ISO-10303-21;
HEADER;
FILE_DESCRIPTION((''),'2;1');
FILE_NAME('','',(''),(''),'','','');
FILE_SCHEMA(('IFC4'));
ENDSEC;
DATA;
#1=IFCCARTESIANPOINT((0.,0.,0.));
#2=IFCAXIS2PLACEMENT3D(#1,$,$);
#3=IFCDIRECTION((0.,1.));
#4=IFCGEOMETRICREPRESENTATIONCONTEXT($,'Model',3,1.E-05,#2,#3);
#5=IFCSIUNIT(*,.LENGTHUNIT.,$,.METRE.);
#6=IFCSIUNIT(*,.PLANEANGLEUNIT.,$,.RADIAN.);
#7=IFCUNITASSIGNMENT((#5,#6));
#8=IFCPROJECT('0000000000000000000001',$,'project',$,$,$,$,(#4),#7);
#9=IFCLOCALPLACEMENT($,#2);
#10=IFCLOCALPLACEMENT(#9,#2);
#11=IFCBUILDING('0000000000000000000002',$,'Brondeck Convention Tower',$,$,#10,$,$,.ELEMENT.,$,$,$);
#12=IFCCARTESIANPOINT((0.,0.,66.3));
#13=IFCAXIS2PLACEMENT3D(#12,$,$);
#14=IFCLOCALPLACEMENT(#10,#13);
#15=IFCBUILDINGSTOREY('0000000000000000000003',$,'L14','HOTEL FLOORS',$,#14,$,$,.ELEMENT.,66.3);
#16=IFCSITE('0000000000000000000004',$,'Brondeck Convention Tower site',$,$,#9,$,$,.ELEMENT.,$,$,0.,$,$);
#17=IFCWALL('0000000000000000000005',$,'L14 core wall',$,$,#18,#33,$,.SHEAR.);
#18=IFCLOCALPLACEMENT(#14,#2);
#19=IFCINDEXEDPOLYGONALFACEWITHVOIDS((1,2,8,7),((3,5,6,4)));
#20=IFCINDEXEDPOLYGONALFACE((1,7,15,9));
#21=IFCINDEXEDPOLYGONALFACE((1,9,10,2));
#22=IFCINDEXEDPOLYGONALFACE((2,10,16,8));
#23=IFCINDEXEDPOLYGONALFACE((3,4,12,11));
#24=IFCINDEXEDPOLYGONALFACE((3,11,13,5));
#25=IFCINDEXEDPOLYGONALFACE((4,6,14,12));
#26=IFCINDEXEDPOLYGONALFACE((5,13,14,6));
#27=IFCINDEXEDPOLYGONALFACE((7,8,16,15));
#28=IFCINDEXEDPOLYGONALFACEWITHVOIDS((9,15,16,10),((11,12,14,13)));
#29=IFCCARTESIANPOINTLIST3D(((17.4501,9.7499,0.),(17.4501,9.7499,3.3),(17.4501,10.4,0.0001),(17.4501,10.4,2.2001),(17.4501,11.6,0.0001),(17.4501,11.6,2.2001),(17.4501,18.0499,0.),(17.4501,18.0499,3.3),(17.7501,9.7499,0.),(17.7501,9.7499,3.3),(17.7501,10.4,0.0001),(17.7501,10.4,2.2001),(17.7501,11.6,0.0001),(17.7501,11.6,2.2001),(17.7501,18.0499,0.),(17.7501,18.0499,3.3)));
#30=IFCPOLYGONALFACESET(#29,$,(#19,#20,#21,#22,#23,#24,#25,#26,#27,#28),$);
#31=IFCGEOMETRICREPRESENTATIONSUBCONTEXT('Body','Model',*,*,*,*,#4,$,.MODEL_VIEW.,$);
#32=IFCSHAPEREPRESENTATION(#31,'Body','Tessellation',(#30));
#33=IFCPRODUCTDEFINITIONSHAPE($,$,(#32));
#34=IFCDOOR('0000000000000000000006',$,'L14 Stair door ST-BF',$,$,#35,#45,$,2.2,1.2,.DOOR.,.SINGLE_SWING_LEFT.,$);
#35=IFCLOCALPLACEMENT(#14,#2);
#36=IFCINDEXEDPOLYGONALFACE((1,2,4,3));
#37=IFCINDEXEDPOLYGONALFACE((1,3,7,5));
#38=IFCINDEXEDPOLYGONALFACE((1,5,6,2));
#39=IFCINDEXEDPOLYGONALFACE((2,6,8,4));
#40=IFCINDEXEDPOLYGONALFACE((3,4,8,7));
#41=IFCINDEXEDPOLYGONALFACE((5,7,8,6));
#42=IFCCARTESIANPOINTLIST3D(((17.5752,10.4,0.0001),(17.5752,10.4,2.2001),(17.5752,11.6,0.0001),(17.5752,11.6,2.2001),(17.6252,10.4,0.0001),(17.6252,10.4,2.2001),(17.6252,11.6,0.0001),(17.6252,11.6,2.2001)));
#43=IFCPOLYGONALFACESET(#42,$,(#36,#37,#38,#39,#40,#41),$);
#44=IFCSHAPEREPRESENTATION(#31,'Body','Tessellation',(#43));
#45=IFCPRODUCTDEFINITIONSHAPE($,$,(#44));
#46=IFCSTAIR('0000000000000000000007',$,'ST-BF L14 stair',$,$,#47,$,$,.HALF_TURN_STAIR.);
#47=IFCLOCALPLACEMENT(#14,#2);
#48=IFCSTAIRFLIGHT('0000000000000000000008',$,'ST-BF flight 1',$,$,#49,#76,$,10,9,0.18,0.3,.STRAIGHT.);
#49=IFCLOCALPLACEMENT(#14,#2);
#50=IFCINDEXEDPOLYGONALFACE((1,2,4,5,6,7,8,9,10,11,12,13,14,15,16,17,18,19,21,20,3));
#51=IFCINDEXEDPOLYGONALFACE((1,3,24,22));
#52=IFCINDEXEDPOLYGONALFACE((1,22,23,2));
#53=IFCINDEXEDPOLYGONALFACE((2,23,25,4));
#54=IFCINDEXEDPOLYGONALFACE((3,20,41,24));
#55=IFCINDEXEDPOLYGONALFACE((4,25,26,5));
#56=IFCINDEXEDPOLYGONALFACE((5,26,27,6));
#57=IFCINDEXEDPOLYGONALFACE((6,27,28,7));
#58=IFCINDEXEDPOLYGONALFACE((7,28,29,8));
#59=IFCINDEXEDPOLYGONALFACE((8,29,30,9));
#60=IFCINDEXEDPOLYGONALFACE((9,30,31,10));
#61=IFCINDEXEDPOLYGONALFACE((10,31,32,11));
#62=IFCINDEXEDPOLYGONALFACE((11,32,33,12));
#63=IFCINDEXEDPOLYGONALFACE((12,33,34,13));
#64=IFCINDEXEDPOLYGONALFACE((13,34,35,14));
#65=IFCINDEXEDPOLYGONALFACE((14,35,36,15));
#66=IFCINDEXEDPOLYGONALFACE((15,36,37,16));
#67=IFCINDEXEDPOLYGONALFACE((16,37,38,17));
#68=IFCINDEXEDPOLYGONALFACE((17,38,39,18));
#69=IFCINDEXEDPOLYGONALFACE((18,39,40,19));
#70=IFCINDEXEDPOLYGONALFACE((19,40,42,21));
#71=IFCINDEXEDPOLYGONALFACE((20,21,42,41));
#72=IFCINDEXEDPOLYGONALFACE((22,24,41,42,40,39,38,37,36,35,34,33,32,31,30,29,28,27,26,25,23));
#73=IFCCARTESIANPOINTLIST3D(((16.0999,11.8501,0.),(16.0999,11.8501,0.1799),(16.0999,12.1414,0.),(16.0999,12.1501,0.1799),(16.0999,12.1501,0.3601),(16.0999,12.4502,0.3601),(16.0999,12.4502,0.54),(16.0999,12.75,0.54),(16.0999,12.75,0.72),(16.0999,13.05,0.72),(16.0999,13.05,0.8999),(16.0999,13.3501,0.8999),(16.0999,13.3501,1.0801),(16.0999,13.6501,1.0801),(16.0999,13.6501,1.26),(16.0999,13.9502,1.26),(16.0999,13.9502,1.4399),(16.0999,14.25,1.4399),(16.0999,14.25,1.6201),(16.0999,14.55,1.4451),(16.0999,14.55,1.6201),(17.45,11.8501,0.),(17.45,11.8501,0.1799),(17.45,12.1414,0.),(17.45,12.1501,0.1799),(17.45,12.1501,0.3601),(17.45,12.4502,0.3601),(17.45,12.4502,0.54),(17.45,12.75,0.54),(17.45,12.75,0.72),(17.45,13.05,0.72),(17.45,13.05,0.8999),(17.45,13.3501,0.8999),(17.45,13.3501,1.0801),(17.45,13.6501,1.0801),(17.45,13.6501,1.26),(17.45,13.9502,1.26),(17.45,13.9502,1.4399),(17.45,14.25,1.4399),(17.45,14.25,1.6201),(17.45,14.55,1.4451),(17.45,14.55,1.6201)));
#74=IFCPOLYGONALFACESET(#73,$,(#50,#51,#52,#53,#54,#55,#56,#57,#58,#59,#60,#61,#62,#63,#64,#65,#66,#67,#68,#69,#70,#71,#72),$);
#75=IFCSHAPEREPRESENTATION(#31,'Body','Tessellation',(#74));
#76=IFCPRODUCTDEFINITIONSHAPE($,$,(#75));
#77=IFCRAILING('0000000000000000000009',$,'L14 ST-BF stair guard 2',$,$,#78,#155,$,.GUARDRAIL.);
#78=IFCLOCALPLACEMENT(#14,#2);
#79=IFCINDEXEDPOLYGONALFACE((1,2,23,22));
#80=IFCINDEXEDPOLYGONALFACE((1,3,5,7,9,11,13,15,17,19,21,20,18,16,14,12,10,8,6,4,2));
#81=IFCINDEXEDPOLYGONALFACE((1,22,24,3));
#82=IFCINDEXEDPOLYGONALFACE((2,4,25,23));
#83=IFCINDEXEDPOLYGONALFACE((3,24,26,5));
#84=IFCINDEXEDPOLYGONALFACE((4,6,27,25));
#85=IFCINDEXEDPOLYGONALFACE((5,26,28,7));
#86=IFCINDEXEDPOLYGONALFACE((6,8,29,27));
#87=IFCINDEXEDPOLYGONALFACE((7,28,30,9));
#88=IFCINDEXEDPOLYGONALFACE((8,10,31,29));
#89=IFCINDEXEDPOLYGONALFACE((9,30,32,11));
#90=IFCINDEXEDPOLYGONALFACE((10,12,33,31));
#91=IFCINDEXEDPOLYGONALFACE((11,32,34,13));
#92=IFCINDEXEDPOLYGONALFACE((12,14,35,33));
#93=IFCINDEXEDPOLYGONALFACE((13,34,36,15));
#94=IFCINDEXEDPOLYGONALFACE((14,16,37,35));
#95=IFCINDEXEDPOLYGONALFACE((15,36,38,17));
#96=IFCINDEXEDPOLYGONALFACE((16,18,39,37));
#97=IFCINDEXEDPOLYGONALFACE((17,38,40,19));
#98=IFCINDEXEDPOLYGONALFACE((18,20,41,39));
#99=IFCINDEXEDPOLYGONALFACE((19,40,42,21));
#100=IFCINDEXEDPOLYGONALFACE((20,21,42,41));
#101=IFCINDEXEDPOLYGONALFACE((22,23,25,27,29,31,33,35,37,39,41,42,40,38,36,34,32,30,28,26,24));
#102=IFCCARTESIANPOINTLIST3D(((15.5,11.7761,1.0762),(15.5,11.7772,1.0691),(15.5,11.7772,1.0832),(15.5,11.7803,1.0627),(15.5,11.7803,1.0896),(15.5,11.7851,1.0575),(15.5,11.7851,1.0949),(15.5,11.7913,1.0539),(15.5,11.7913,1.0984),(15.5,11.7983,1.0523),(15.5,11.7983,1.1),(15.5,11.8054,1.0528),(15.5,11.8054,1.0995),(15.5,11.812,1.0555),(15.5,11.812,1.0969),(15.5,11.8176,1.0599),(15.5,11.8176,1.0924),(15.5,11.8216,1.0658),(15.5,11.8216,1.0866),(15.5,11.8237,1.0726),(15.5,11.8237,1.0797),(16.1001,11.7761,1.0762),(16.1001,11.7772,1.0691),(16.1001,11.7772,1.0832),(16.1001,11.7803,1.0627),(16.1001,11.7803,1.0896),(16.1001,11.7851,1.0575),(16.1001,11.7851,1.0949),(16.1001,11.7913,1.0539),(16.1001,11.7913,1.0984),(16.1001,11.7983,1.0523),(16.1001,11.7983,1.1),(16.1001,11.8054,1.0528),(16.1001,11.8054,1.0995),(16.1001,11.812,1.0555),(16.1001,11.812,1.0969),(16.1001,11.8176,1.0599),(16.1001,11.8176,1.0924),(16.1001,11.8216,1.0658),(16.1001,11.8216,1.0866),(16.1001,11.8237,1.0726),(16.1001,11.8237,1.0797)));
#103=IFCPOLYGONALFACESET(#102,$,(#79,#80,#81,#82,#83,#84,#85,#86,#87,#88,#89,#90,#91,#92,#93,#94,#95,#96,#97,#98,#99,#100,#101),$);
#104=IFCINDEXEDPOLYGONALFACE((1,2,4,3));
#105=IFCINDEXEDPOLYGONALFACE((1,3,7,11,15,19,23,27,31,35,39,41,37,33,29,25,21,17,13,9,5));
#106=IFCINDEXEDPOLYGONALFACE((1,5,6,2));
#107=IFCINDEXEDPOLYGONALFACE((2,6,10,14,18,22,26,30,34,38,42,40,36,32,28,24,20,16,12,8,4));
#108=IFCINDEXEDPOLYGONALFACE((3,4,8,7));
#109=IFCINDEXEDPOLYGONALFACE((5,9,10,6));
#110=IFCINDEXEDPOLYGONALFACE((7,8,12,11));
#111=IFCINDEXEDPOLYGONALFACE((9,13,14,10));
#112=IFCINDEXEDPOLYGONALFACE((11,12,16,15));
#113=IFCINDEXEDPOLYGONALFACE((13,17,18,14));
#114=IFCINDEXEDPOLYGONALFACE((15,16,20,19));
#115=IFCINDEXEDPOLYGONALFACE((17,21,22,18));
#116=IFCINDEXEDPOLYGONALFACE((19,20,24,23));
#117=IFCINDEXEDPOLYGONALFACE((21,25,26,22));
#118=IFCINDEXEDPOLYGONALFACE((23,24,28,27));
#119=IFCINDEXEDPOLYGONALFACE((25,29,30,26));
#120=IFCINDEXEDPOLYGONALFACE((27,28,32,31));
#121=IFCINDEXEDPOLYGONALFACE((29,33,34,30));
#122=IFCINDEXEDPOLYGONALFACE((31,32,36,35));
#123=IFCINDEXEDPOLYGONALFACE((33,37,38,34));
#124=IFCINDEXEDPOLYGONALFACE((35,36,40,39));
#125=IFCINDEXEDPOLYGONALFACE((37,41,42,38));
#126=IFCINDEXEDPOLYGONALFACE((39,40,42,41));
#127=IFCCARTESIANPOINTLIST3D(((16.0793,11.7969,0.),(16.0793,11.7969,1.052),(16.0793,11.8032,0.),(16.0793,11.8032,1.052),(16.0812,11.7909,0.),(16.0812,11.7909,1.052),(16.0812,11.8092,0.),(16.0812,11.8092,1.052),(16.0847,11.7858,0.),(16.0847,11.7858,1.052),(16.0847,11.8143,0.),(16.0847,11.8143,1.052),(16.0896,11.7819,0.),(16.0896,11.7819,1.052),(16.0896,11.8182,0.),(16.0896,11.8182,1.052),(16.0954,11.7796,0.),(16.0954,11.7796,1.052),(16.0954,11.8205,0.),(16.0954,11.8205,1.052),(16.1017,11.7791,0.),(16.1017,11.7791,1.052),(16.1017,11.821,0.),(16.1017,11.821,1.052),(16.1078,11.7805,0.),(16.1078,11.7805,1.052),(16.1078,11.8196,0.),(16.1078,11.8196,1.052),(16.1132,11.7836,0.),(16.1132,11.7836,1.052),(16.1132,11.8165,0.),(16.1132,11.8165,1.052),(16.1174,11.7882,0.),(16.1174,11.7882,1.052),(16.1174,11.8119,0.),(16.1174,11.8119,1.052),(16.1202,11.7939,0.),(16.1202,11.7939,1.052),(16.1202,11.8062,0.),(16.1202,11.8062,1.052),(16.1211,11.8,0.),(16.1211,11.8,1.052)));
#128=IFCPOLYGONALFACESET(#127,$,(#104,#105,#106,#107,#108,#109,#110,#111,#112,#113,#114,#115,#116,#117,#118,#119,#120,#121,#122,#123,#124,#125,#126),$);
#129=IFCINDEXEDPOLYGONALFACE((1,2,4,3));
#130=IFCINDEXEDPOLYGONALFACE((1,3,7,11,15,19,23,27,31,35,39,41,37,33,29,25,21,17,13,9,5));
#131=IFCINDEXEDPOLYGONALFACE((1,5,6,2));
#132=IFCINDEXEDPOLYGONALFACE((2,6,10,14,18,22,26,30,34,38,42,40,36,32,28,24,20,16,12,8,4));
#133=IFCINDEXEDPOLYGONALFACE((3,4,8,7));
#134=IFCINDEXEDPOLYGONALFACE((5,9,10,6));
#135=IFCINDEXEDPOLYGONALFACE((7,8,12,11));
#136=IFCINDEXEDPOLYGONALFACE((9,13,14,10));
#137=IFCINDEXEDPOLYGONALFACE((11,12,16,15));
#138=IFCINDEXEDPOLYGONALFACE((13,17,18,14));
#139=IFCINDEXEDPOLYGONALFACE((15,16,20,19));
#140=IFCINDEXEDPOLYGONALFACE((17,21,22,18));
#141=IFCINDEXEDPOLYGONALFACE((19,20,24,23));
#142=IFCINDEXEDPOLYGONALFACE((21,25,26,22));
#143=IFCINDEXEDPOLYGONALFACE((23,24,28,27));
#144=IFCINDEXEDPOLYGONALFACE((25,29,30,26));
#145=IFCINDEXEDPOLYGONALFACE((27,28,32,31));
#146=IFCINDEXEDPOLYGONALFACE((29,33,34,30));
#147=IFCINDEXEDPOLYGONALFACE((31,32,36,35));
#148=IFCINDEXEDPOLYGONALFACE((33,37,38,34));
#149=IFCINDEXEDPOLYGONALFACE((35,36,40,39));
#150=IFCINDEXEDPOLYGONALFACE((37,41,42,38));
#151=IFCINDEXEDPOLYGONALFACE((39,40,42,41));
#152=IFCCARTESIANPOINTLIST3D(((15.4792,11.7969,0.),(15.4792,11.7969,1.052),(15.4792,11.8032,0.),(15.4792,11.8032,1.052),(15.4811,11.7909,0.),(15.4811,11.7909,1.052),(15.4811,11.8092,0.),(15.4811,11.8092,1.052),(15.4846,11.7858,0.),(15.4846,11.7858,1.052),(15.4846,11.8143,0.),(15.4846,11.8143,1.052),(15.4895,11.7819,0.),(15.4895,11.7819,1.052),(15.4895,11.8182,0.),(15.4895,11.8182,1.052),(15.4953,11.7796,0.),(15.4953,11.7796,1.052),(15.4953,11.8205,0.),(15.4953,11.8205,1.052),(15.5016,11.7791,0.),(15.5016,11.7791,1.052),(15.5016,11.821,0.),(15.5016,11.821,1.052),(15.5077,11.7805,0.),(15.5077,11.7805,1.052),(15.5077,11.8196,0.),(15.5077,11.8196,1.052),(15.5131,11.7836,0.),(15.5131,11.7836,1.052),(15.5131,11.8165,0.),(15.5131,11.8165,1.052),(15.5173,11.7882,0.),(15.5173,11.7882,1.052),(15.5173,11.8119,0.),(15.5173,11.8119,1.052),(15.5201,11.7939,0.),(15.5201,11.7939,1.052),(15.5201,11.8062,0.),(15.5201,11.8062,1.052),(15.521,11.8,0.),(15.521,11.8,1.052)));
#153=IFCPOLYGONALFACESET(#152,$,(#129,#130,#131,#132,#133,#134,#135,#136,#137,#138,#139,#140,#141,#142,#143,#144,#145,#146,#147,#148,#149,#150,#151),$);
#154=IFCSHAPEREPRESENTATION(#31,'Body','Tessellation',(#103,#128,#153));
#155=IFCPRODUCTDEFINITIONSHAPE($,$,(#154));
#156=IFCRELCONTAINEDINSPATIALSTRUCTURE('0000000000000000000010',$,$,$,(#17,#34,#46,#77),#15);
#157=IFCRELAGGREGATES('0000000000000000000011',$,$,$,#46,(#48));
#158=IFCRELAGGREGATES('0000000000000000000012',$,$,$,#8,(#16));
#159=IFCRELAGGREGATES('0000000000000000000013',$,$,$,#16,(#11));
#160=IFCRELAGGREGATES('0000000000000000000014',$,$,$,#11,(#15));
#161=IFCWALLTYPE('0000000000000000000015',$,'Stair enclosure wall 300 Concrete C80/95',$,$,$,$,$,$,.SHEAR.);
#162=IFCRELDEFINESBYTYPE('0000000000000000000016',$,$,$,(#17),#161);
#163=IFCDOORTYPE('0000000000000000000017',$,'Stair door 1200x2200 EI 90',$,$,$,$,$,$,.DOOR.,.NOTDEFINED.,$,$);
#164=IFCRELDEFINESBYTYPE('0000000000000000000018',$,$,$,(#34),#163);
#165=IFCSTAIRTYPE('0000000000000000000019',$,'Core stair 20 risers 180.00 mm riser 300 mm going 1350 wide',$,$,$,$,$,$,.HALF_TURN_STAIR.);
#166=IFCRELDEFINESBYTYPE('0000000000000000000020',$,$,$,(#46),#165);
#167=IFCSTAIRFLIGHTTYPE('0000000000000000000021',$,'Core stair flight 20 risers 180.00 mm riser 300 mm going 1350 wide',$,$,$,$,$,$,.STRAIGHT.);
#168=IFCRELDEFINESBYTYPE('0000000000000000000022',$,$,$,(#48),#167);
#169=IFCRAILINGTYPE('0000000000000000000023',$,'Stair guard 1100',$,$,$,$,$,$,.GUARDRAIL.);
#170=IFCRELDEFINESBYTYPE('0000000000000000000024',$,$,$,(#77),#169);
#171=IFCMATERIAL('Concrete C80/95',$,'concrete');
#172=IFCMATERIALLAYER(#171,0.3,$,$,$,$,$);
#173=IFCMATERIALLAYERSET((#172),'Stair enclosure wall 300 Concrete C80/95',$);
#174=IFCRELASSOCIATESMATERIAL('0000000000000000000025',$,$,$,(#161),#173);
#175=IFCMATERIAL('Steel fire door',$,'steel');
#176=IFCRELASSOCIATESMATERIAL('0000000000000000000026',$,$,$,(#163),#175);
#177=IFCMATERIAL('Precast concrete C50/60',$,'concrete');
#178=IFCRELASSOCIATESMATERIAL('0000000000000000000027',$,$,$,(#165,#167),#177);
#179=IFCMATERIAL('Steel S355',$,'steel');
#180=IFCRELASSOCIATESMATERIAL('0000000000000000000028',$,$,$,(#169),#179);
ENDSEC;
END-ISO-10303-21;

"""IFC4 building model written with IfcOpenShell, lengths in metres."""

from ifc_helpers import new_model, si_unit, direction, frame, frame_2d, origin, origin_2d, place, context, subcontext, project, spatial, polyline, rectangle, circle, outline, extrude, material, layer, layer_set, type_object, element, fill, aggregate, save


model = new_model("IFC4")

# Units and contexts
model_context = context("Model", 3, precision=1e-05, world=origin(), true_north=direction((0.0, 1.0)))
body_context = subcontext(model_context, "Body", "Model", "MODEL_VIEW")
ifc_project = project(units=[si_unit("LENGTHUNIT", "METRE"), si_unit("PLANEANGLEUNIT", "RADIAN")], contexts=[model_context])

# Site, building, storey
site_placement = place(None, origin())
site = spatial("IfcSite", under=ifc_project, at=site_placement, Name="Brondeck Convention Tower site", CompositionType="ELEMENT", RefElevation=0.0)
building_placement = place(site_placement, origin())
building = spatial("IfcBuilding", under=site, at=building_placement, Name="Brondeck Convention Tower", CompositionType="ELEMENT")
storey_placement = place(building_placement, frame((0.0, 0.0, 66.3)))
storey = spatial("IfcBuildingStorey", under=building, at=storey_placement, Name="L14", Description="HOTEL FLOORS", CompositionType="ELEMENT", Elevation=66.3)

# Shared definitions
ifc_material_1 = material(Name="Concrete C80/95", Category="concrete")

# Shared definitions
ifc_material_2 = material(Name="Steel S355", Category="steel")

# Shared definitions
ifc_layer_1 = layer(ifc_material_1, 0.3)
ifc_layer_set_1 = layer_set([ifc_layer_1], Name="Stair enclosure wall 300 Concrete C80/95")
wall_type_1 = type_object("IfcWallType", Name="Stair enclosure wall 300 Concrete C80/95", PredefinedType="SHEAR", material=ifc_layer_set_1)

# Wall, opening, door
wall_1_placement = place(storey_placement, frame((17.6001, 9.75, 0.0), z_axis=(0.0, 0.0, 1.0), x_axis=(0.0, 1.0, 0.0)))
wall_1 = element("IfcWall", 1, at=wall_1_placement, inside=storey, type_object=wall_type_1, Name="L14 core wall", PredefinedType="SHEAR", context=body_context, shape_type="SweptSolid", body=[
    extrude(rectangle(XDim=8.3, YDim=0.3, at=frame_2d((4.1499, 0.0))), origin(), (0.0, 0.0, 1.0), 3.3),
])
opening_1_placement = place(wall_1_placement, frame((0.6499, 0.0, 0.0)))
opening_1 = element("IfcOpeningElement", 2, at=opening_1_placement, cuts=wall_1, PredefinedType="OPENING", context=body_context, shape_type="SweptSolid", body=[
    extrude(rectangle(XDim=1.2, YDim=2.2, at=frame_2d((0.6001, 1.1001))), frame((0.0, 0.1599, 0.0), z_axis=(0.0, -1.0, 0.0), x_axis=(1.0, 0.0, 0.0)), (0.0, 0.0, 1.0), 0.3201),
])
ifc_material_3 = material(Name="Steel fire door", Category="steel")
door_type_1 = type_object("IfcDoorType", Name="Stair door 1200x2200 EI 90", OperationType="NOTDEFINED", PredefinedType="DOOR", material=ifc_material_3)
door_1_placement = place(opening_1_placement, origin())
door_1 = element("IfcDoor", 3, at=door_1_placement, inside=storey, type_object=door_type_1, Name="L14 Stair door ST-BF", OperationType="SINGLE_SWING_LEFT", OverallHeight=2.2, OverallWidth=1.2, PredefinedType="DOOR", context=body_context, shape_type="SweptSolid", body=[
    extrude(rectangle(XDim=1.2, YDim=2.2, at=frame_2d((0.6001, 1.1001))), frame((0.0, 0.0249, 0.0), z_axis=(0.0, -1.0, 0.0), x_axis=(1.0, 0.0, 0.0)), (0.0, 0.0, 1.0), 0.05),
])
fill(opening_1, door_1)

# Stair, stair flight
ifc_material_4 = material(Name="Precast concrete C50/60", Category="concrete")
stair_type = type_object("IfcStairType", Name="Core stair 20 risers 180.00 mm riser 300 mm going 1350 wide", PredefinedType="HALF_TURN_STAIR", material=ifc_material_4)
stair_placement = place(storey_placement, origin())
stair = element("IfcStair", 4, at=stair_placement, inside=storey, type_object=stair_type, Name="ST-BF L14 stair", PredefinedType="HALF_TURN_STAIR")
stair_flight_type = type_object("IfcStairFlightType", Name="Core stair flight 20 risers 180.00 mm riser 300 mm going 1350 wide", PredefinedType="STRAIGHT", material=ifc_material_4)
stair_flight_placement = place(storey_placement, frame((16.7749, 11.8501, 0.0), z_axis=(0.0, 0.0, 1.0), x_axis=(0.0, 1.0, 0.0)))
stair_flight = element("IfcStairFlight", 5, at=stair_flight_placement, type_object=stair_flight_type, Name="ST-BF flight 1", NumberOfRisers=10, NumberOfTreads=9, PredefinedType="STRAIGHT", RiserHeight=0.18, TreadLength=0.3, context=body_context, shape_type="SweptSolid", body=[
    extrude(outline(polyline([(0.0, 0.0), (0.0, 0.1799), (0.3, 0.1799), (0.3, 0.3601), (0.6001, 0.3601), (0.6001, 0.54), (0.8999, 0.54), (0.8999, 0.72), (1.2, 0.72), (1.2, 0.8999), (1.5, 0.8999), (1.5, 1.0801), (1.8, 1.0801), (1.8, 1.26), (2.1001, 1.26), (2.1001, 1.4399), (2.3999, 1.4399), (2.3999, 1.6201), (2.7, 1.6201), (2.7, 1.8), (2.7, 1.4451), (0.2913, 0.0), (0.0, 0.0)])), frame((0.0, 0.675, 0.0), z_axis=(0.0, -1.0, 0.0), x_axis=(1.0, 0.0, 0.0)), (0.0, 0.0, 1.0), 1.3501),
])
aggregate(stair, [stair_flight])

# Railing
railing_type_1 = type_object("IfcRailingType", Name="Stair guard 1100", PredefinedType="GUARDRAIL", material=ifc_material_2)
railing_1_placement = place(storey_placement, frame((16.1001, 11.8, 0.0)))
element("IfcRailing", 6, at=railing_1_placement, inside=storey, type_object=railing_type_1, Name="L14 ST-BF stair guard 2", PredefinedType="GUARDRAIL", context=body_context, shape_type="SweptSolid", body=[
    extrude(circle(Radius=0.0239, at=origin_2d()), frame((0.0, 0.0, 1.0762), z_axis=(-1.0, 0.0, 0.0), x_axis=(0.0, -1.0, 0.0)), (0.0, 0.0, 1.0), 0.6001),
    extrude(circle(Radius=0.021, at=origin_2d()), origin(), (0.0, 0.0, 1.0), 1.052),
    extrude(circle(Radius=0.021, at=origin_2d()), frame((-0.6001, 0.0, 0.0)), (0.0, 0.0, 1.0), 1.052),
])

save(model, "model.ifc")
